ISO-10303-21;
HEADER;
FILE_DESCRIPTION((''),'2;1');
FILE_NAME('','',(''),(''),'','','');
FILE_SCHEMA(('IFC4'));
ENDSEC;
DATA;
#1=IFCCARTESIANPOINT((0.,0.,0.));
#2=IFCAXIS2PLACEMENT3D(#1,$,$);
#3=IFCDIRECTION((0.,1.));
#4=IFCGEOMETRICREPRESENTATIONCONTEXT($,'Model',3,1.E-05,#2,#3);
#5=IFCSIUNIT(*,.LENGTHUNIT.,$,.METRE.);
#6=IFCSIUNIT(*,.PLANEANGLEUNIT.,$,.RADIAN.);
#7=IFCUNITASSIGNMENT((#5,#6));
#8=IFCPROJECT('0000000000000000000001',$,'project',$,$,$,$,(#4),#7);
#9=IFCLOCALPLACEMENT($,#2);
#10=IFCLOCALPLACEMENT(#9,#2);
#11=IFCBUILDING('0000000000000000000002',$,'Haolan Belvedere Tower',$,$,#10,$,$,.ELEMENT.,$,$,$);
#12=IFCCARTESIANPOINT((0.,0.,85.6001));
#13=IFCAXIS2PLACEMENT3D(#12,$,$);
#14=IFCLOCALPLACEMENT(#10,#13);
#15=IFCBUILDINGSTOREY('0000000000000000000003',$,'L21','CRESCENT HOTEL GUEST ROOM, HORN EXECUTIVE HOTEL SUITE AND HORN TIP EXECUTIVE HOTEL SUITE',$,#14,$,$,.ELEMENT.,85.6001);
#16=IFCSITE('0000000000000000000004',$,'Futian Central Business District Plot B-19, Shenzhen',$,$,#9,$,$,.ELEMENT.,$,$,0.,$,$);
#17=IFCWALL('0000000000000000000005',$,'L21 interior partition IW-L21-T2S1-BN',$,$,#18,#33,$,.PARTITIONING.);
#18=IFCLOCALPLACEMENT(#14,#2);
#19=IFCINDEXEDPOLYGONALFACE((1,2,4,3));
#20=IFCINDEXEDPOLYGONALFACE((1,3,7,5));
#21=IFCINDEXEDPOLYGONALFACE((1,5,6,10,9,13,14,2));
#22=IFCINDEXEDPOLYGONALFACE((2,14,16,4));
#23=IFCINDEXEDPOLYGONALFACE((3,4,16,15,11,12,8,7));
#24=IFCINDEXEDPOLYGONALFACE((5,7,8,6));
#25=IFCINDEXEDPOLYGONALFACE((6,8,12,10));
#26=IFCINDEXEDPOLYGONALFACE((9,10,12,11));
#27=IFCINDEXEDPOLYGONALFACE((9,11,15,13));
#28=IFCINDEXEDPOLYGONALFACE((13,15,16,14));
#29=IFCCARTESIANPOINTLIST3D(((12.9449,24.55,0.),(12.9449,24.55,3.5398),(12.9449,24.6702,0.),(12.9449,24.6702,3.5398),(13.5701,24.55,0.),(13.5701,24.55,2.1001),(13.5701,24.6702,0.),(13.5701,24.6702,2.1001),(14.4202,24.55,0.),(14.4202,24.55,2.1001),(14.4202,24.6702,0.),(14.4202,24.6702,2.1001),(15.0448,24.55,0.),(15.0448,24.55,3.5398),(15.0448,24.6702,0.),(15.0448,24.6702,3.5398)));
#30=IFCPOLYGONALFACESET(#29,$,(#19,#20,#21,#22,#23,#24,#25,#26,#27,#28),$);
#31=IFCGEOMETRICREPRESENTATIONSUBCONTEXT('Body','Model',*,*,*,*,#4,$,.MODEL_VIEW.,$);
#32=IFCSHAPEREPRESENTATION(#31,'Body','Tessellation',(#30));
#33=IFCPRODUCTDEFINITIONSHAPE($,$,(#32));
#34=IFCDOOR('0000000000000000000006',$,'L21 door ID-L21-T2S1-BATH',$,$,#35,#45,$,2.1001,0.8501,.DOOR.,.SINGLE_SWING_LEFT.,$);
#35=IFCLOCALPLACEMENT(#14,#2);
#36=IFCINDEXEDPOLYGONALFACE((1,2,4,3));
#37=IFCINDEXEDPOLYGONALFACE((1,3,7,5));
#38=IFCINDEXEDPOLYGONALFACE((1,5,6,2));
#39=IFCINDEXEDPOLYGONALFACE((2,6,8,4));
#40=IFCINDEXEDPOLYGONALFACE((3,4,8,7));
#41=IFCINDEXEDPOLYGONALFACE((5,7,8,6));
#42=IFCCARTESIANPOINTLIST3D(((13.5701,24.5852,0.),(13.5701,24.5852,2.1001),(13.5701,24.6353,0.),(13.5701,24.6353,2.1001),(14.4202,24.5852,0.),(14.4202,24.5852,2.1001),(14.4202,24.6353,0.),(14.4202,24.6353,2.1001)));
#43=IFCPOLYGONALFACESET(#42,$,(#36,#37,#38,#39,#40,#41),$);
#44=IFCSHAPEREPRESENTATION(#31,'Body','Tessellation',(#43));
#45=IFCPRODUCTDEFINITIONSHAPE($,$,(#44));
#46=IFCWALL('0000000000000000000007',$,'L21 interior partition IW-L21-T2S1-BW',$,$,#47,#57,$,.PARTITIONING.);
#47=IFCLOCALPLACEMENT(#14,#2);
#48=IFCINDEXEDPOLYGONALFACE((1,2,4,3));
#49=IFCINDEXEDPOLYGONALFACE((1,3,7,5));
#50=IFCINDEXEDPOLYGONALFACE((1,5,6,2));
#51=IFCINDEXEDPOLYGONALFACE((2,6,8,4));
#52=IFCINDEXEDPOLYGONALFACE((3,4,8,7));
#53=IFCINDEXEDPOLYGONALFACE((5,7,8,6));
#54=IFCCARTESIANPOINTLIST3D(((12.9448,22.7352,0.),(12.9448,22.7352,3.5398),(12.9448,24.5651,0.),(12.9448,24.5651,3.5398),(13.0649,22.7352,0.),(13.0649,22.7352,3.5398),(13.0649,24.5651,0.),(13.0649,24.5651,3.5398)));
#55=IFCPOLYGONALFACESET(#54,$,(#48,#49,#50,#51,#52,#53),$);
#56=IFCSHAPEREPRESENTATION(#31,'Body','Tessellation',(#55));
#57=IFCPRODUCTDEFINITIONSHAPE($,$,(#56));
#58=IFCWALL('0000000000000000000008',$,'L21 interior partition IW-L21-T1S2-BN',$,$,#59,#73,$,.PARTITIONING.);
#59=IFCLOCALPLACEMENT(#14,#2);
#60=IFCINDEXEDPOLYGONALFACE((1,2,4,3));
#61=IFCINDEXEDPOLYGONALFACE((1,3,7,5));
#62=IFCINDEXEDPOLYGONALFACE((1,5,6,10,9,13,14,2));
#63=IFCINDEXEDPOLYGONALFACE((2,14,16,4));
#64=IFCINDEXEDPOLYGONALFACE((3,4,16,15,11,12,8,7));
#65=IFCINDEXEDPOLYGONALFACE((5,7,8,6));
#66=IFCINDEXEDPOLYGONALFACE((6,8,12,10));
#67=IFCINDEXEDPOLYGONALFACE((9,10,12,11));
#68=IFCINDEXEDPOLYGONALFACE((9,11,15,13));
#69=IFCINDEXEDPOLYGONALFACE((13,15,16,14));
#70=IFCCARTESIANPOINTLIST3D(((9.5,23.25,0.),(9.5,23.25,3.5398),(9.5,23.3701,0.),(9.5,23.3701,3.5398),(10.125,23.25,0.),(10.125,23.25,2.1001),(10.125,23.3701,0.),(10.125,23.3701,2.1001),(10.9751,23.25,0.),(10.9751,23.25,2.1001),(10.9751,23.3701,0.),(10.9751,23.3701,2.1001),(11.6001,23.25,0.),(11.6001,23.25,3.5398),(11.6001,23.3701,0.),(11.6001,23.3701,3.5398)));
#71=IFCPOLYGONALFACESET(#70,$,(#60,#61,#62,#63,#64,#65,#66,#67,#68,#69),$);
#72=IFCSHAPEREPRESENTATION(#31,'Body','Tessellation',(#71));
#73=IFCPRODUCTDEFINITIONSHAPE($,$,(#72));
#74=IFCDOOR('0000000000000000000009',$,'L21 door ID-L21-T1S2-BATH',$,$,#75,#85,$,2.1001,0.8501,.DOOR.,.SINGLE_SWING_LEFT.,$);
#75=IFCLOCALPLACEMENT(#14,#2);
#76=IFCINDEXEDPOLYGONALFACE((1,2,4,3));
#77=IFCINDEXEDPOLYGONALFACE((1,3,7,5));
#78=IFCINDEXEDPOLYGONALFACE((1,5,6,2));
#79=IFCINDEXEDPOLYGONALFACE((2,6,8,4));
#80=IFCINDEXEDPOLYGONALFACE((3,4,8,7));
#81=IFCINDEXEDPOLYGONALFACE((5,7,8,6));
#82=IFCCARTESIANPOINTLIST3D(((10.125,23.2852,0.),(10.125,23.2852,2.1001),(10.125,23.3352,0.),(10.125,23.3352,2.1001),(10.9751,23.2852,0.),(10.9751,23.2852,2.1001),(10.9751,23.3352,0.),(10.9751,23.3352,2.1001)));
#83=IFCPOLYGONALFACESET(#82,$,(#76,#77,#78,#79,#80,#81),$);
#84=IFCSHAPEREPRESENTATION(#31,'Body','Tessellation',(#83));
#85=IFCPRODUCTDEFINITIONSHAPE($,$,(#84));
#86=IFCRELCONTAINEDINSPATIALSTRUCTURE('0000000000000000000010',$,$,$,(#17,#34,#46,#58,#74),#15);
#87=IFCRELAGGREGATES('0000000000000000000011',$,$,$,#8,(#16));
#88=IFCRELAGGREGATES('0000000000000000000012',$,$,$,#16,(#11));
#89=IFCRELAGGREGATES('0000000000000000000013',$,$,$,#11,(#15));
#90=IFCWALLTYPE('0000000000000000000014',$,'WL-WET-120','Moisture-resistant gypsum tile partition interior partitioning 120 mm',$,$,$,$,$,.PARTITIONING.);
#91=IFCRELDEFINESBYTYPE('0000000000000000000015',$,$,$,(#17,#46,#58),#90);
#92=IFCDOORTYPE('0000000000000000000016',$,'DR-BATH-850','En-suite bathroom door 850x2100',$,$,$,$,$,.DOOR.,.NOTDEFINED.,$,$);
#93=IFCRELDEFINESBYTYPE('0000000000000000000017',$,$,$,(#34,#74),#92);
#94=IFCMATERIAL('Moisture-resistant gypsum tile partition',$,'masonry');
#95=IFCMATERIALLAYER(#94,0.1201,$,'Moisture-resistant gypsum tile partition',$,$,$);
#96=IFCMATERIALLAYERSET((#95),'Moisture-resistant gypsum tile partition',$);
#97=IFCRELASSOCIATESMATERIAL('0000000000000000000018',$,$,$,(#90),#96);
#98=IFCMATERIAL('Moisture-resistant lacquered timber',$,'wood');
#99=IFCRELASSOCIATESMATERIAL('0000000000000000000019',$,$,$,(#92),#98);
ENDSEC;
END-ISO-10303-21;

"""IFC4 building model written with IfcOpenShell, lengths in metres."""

from ifc_helpers import new_model, si_unit, direction, frame, frame_2d, origin, place, context, subcontext, project, spatial, rectangle, extrude, material, layer, layer_set, type_object, element, fill, save


model = new_model("IFC4")

# Units and contexts
model_context = context("Model", 3, precision=1e-05, world=origin(), true_north=direction((0.0, 1.0)))
body_context = subcontext(model_context, "Body", "Model", "MODEL_VIEW")
ifc_project = project(units=[si_unit("LENGTHUNIT", "METRE"), si_unit("PLANEANGLEUNIT", "RADIAN")], contexts=[model_context])

# Site, building, storey
site_placement = place(None, origin())
site = spatial("IfcSite", under=ifc_project, at=site_placement, Name="Futian Central Business District Plot B-19, Shenzhen", CompositionType="ELEMENT", RefElevation=0.0)
building_placement = place(site_placement, origin())
building = spatial("IfcBuilding", under=site, at=building_placement, Name="Haolan Belvedere Tower", CompositionType="ELEMENT")
storey_placement = place(building_placement, frame((0.0, 0.0, 85.6001)))
storey = spatial("IfcBuildingStorey", under=building, at=storey_placement, Name="L21", Description="CRESCENT HOTEL GUEST ROOM, HORN EXECUTIVE HOTEL SUITE AND HORN TIP EXECUTIVE HOTEL SUITE", CompositionType="ELEMENT", Elevation=85.6001)

# Wall, opening, door
ifc_material_1 = material(Name="Moisture-resistant gypsum tile partition", Category="masonry")
ifc_layer_1 = layer(ifc_material_1, 0.1201, Name="Moisture-resistant gypsum tile partition")
ifc_layer_set_1 = layer_set([ifc_layer_1], Name="Moisture-resistant gypsum tile partition")
wall_type_1 = type_object("IfcWallType", Name="WL-WET-120", Description="Moisture-resistant gypsum tile partition interior partitioning 120 mm", PredefinedType="PARTITIONING", material=ifc_layer_set_1)
wall_1_placement = place(storey_placement, frame((12.9451, 24.6101, 0.0), z_axis=(0.0, 0.0, 1.0), x_axis=(1.0, 0.0, 0.0)))
wall_1 = element("IfcWall", 1, at=wall_1_placement, inside=storey, type_object=wall_type_1, Name="L21 interior partition IW-L21-T2S1-BN", PredefinedType="PARTITIONING", context=body_context, shape_type="SweptSolid", body=[
    extrude(rectangle(XDim=2.0999, YDim=0.1201, at=frame_2d((1.0498, 0.0))), origin(), (0.0, 0.0, 1.0), 3.5398),
])
opening_1_placement = place(wall_1_placement, frame((1.4751, 0.0, 0.0), z_axis=(0.0, 0.0, 1.0), x_axis=(-1.0, 0.0, 0.0)))
opening_1 = element("IfcOpeningElement", 2, at=opening_1_placement, cuts=wall_1, PredefinedType="OPENING", context=body_context, shape_type="SweptSolid", body=[
    extrude(rectangle(XDim=0.8501, YDim=2.1001, at=frame_2d((0.425, 1.05))), frame((0.0, 0.0701, 0.0), z_axis=(0.0, -1.0, 0.0), x_axis=(1.0, 0.0, 0.0)), (0.0, 0.0, 1.0), 0.1401),
])
ifc_material_2 = material(Name="Moisture-resistant lacquered timber", Category="wood")
door_type_1 = type_object("IfcDoorType", Name="DR-BATH-850", Description="En-suite bathroom door 850x2100", OperationType="NOTDEFINED", PredefinedType="DOOR", material=ifc_material_2)
door_1_placement = place(opening_1_placement, origin())
door_1 = element("IfcDoor", 3, at=door_1_placement, inside=storey, type_object=door_type_1, Name="L21 door ID-L21-T2S1-BATH", OperationType="SINGLE_SWING_LEFT", OverallHeight=2.1001, OverallWidth=0.8501, PredefinedType="DOOR", context=body_context, shape_type="SweptSolid", body=[
    extrude(rectangle(XDim=0.8501, YDim=2.1001, at=frame_2d((0.425, 1.05))), frame((0.0, 0.0249, 0.0), z_axis=(0.0, -1.0, 0.0), x_axis=(1.0, 0.0, 0.0)), (0.0, 0.0, 1.0), 0.05),
])
fill(opening_1, door_1)

# Wall
wall_2_placement = place(storey_placement, frame((13.0049, 22.7351, 0.0), z_axis=(0.0, 0.0, 1.0), x_axis=(0.0, 1.0, 0.0)))
element("IfcWall", 4, at=wall_2_placement, inside=storey, type_object=wall_type_1, Name="L21 interior partition IW-L21-T2S1-BW", PredefinedType="PARTITIONING", context=body_context, shape_type="SweptSolid", body=[
    extrude(rectangle(XDim=1.8298, YDim=0.1201, at=frame_2d((0.915, 0.0))), origin(), (0.0, 0.0, 1.0), 3.5398),
])

# Wall, opening, door
wall_3_placement = place(storey_placement, frame((9.5, 23.3101, 0.0), z_axis=(0.0, 0.0, 1.0), x_axis=(1.0, 0.0, 0.0)))
wall_3 = element("IfcWall", 5, at=wall_3_placement, inside=storey, type_object=wall_type_1, Name="L21 interior partition IW-L21-T1S2-BN", PredefinedType="PARTITIONING", context=body_context, shape_type="SweptSolid", body=[
    extrude(rectangle(XDim=2.1001, YDim=0.1201, at=frame_2d((1.05, 0.0))), origin(), (0.0, 0.0, 1.0), 3.5398),
])
opening_2_placement = place(wall_3_placement, frame((1.4751, 0.0, 0.0), z_axis=(0.0, 0.0, 1.0), x_axis=(-1.0, 0.0, 0.0)))
opening_2 = element("IfcOpeningElement", 6, at=opening_2_placement, cuts=wall_3, PredefinedType="OPENING", context=body_context, shape_type="SweptSolid", body=[
    extrude(rectangle(XDim=0.8501, YDim=2.1001, at=frame_2d((0.425, 1.05))), frame((0.0, 0.0701, 0.0), z_axis=(0.0, -1.0, 0.0), x_axis=(1.0, 0.0, 0.0)), (0.0, 0.0, 1.0), 0.1401),
])
door_2_placement = place(opening_2_placement, origin())
door_2 = element("IfcDoor", 7, at=door_2_placement, inside=storey, type_object=door_type_1, Name="L21 door ID-L21-T1S2-BATH", OperationType="SINGLE_SWING_LEFT", OverallHeight=2.1001, OverallWidth=0.8501, PredefinedType="DOOR", context=body_context, shape_type="SweptSolid", body=[
    extrude(rectangle(XDim=0.8501, YDim=2.1001, at=frame_2d((0.425, 1.05))), frame((0.0, 0.0249, 0.0), z_axis=(0.0, -1.0, 0.0), x_axis=(1.0, 0.0, 0.0)), (0.0, 0.0, 1.0), 0.05),
])
fill(opening_2, door_2)

save(model, "model.ifc")
